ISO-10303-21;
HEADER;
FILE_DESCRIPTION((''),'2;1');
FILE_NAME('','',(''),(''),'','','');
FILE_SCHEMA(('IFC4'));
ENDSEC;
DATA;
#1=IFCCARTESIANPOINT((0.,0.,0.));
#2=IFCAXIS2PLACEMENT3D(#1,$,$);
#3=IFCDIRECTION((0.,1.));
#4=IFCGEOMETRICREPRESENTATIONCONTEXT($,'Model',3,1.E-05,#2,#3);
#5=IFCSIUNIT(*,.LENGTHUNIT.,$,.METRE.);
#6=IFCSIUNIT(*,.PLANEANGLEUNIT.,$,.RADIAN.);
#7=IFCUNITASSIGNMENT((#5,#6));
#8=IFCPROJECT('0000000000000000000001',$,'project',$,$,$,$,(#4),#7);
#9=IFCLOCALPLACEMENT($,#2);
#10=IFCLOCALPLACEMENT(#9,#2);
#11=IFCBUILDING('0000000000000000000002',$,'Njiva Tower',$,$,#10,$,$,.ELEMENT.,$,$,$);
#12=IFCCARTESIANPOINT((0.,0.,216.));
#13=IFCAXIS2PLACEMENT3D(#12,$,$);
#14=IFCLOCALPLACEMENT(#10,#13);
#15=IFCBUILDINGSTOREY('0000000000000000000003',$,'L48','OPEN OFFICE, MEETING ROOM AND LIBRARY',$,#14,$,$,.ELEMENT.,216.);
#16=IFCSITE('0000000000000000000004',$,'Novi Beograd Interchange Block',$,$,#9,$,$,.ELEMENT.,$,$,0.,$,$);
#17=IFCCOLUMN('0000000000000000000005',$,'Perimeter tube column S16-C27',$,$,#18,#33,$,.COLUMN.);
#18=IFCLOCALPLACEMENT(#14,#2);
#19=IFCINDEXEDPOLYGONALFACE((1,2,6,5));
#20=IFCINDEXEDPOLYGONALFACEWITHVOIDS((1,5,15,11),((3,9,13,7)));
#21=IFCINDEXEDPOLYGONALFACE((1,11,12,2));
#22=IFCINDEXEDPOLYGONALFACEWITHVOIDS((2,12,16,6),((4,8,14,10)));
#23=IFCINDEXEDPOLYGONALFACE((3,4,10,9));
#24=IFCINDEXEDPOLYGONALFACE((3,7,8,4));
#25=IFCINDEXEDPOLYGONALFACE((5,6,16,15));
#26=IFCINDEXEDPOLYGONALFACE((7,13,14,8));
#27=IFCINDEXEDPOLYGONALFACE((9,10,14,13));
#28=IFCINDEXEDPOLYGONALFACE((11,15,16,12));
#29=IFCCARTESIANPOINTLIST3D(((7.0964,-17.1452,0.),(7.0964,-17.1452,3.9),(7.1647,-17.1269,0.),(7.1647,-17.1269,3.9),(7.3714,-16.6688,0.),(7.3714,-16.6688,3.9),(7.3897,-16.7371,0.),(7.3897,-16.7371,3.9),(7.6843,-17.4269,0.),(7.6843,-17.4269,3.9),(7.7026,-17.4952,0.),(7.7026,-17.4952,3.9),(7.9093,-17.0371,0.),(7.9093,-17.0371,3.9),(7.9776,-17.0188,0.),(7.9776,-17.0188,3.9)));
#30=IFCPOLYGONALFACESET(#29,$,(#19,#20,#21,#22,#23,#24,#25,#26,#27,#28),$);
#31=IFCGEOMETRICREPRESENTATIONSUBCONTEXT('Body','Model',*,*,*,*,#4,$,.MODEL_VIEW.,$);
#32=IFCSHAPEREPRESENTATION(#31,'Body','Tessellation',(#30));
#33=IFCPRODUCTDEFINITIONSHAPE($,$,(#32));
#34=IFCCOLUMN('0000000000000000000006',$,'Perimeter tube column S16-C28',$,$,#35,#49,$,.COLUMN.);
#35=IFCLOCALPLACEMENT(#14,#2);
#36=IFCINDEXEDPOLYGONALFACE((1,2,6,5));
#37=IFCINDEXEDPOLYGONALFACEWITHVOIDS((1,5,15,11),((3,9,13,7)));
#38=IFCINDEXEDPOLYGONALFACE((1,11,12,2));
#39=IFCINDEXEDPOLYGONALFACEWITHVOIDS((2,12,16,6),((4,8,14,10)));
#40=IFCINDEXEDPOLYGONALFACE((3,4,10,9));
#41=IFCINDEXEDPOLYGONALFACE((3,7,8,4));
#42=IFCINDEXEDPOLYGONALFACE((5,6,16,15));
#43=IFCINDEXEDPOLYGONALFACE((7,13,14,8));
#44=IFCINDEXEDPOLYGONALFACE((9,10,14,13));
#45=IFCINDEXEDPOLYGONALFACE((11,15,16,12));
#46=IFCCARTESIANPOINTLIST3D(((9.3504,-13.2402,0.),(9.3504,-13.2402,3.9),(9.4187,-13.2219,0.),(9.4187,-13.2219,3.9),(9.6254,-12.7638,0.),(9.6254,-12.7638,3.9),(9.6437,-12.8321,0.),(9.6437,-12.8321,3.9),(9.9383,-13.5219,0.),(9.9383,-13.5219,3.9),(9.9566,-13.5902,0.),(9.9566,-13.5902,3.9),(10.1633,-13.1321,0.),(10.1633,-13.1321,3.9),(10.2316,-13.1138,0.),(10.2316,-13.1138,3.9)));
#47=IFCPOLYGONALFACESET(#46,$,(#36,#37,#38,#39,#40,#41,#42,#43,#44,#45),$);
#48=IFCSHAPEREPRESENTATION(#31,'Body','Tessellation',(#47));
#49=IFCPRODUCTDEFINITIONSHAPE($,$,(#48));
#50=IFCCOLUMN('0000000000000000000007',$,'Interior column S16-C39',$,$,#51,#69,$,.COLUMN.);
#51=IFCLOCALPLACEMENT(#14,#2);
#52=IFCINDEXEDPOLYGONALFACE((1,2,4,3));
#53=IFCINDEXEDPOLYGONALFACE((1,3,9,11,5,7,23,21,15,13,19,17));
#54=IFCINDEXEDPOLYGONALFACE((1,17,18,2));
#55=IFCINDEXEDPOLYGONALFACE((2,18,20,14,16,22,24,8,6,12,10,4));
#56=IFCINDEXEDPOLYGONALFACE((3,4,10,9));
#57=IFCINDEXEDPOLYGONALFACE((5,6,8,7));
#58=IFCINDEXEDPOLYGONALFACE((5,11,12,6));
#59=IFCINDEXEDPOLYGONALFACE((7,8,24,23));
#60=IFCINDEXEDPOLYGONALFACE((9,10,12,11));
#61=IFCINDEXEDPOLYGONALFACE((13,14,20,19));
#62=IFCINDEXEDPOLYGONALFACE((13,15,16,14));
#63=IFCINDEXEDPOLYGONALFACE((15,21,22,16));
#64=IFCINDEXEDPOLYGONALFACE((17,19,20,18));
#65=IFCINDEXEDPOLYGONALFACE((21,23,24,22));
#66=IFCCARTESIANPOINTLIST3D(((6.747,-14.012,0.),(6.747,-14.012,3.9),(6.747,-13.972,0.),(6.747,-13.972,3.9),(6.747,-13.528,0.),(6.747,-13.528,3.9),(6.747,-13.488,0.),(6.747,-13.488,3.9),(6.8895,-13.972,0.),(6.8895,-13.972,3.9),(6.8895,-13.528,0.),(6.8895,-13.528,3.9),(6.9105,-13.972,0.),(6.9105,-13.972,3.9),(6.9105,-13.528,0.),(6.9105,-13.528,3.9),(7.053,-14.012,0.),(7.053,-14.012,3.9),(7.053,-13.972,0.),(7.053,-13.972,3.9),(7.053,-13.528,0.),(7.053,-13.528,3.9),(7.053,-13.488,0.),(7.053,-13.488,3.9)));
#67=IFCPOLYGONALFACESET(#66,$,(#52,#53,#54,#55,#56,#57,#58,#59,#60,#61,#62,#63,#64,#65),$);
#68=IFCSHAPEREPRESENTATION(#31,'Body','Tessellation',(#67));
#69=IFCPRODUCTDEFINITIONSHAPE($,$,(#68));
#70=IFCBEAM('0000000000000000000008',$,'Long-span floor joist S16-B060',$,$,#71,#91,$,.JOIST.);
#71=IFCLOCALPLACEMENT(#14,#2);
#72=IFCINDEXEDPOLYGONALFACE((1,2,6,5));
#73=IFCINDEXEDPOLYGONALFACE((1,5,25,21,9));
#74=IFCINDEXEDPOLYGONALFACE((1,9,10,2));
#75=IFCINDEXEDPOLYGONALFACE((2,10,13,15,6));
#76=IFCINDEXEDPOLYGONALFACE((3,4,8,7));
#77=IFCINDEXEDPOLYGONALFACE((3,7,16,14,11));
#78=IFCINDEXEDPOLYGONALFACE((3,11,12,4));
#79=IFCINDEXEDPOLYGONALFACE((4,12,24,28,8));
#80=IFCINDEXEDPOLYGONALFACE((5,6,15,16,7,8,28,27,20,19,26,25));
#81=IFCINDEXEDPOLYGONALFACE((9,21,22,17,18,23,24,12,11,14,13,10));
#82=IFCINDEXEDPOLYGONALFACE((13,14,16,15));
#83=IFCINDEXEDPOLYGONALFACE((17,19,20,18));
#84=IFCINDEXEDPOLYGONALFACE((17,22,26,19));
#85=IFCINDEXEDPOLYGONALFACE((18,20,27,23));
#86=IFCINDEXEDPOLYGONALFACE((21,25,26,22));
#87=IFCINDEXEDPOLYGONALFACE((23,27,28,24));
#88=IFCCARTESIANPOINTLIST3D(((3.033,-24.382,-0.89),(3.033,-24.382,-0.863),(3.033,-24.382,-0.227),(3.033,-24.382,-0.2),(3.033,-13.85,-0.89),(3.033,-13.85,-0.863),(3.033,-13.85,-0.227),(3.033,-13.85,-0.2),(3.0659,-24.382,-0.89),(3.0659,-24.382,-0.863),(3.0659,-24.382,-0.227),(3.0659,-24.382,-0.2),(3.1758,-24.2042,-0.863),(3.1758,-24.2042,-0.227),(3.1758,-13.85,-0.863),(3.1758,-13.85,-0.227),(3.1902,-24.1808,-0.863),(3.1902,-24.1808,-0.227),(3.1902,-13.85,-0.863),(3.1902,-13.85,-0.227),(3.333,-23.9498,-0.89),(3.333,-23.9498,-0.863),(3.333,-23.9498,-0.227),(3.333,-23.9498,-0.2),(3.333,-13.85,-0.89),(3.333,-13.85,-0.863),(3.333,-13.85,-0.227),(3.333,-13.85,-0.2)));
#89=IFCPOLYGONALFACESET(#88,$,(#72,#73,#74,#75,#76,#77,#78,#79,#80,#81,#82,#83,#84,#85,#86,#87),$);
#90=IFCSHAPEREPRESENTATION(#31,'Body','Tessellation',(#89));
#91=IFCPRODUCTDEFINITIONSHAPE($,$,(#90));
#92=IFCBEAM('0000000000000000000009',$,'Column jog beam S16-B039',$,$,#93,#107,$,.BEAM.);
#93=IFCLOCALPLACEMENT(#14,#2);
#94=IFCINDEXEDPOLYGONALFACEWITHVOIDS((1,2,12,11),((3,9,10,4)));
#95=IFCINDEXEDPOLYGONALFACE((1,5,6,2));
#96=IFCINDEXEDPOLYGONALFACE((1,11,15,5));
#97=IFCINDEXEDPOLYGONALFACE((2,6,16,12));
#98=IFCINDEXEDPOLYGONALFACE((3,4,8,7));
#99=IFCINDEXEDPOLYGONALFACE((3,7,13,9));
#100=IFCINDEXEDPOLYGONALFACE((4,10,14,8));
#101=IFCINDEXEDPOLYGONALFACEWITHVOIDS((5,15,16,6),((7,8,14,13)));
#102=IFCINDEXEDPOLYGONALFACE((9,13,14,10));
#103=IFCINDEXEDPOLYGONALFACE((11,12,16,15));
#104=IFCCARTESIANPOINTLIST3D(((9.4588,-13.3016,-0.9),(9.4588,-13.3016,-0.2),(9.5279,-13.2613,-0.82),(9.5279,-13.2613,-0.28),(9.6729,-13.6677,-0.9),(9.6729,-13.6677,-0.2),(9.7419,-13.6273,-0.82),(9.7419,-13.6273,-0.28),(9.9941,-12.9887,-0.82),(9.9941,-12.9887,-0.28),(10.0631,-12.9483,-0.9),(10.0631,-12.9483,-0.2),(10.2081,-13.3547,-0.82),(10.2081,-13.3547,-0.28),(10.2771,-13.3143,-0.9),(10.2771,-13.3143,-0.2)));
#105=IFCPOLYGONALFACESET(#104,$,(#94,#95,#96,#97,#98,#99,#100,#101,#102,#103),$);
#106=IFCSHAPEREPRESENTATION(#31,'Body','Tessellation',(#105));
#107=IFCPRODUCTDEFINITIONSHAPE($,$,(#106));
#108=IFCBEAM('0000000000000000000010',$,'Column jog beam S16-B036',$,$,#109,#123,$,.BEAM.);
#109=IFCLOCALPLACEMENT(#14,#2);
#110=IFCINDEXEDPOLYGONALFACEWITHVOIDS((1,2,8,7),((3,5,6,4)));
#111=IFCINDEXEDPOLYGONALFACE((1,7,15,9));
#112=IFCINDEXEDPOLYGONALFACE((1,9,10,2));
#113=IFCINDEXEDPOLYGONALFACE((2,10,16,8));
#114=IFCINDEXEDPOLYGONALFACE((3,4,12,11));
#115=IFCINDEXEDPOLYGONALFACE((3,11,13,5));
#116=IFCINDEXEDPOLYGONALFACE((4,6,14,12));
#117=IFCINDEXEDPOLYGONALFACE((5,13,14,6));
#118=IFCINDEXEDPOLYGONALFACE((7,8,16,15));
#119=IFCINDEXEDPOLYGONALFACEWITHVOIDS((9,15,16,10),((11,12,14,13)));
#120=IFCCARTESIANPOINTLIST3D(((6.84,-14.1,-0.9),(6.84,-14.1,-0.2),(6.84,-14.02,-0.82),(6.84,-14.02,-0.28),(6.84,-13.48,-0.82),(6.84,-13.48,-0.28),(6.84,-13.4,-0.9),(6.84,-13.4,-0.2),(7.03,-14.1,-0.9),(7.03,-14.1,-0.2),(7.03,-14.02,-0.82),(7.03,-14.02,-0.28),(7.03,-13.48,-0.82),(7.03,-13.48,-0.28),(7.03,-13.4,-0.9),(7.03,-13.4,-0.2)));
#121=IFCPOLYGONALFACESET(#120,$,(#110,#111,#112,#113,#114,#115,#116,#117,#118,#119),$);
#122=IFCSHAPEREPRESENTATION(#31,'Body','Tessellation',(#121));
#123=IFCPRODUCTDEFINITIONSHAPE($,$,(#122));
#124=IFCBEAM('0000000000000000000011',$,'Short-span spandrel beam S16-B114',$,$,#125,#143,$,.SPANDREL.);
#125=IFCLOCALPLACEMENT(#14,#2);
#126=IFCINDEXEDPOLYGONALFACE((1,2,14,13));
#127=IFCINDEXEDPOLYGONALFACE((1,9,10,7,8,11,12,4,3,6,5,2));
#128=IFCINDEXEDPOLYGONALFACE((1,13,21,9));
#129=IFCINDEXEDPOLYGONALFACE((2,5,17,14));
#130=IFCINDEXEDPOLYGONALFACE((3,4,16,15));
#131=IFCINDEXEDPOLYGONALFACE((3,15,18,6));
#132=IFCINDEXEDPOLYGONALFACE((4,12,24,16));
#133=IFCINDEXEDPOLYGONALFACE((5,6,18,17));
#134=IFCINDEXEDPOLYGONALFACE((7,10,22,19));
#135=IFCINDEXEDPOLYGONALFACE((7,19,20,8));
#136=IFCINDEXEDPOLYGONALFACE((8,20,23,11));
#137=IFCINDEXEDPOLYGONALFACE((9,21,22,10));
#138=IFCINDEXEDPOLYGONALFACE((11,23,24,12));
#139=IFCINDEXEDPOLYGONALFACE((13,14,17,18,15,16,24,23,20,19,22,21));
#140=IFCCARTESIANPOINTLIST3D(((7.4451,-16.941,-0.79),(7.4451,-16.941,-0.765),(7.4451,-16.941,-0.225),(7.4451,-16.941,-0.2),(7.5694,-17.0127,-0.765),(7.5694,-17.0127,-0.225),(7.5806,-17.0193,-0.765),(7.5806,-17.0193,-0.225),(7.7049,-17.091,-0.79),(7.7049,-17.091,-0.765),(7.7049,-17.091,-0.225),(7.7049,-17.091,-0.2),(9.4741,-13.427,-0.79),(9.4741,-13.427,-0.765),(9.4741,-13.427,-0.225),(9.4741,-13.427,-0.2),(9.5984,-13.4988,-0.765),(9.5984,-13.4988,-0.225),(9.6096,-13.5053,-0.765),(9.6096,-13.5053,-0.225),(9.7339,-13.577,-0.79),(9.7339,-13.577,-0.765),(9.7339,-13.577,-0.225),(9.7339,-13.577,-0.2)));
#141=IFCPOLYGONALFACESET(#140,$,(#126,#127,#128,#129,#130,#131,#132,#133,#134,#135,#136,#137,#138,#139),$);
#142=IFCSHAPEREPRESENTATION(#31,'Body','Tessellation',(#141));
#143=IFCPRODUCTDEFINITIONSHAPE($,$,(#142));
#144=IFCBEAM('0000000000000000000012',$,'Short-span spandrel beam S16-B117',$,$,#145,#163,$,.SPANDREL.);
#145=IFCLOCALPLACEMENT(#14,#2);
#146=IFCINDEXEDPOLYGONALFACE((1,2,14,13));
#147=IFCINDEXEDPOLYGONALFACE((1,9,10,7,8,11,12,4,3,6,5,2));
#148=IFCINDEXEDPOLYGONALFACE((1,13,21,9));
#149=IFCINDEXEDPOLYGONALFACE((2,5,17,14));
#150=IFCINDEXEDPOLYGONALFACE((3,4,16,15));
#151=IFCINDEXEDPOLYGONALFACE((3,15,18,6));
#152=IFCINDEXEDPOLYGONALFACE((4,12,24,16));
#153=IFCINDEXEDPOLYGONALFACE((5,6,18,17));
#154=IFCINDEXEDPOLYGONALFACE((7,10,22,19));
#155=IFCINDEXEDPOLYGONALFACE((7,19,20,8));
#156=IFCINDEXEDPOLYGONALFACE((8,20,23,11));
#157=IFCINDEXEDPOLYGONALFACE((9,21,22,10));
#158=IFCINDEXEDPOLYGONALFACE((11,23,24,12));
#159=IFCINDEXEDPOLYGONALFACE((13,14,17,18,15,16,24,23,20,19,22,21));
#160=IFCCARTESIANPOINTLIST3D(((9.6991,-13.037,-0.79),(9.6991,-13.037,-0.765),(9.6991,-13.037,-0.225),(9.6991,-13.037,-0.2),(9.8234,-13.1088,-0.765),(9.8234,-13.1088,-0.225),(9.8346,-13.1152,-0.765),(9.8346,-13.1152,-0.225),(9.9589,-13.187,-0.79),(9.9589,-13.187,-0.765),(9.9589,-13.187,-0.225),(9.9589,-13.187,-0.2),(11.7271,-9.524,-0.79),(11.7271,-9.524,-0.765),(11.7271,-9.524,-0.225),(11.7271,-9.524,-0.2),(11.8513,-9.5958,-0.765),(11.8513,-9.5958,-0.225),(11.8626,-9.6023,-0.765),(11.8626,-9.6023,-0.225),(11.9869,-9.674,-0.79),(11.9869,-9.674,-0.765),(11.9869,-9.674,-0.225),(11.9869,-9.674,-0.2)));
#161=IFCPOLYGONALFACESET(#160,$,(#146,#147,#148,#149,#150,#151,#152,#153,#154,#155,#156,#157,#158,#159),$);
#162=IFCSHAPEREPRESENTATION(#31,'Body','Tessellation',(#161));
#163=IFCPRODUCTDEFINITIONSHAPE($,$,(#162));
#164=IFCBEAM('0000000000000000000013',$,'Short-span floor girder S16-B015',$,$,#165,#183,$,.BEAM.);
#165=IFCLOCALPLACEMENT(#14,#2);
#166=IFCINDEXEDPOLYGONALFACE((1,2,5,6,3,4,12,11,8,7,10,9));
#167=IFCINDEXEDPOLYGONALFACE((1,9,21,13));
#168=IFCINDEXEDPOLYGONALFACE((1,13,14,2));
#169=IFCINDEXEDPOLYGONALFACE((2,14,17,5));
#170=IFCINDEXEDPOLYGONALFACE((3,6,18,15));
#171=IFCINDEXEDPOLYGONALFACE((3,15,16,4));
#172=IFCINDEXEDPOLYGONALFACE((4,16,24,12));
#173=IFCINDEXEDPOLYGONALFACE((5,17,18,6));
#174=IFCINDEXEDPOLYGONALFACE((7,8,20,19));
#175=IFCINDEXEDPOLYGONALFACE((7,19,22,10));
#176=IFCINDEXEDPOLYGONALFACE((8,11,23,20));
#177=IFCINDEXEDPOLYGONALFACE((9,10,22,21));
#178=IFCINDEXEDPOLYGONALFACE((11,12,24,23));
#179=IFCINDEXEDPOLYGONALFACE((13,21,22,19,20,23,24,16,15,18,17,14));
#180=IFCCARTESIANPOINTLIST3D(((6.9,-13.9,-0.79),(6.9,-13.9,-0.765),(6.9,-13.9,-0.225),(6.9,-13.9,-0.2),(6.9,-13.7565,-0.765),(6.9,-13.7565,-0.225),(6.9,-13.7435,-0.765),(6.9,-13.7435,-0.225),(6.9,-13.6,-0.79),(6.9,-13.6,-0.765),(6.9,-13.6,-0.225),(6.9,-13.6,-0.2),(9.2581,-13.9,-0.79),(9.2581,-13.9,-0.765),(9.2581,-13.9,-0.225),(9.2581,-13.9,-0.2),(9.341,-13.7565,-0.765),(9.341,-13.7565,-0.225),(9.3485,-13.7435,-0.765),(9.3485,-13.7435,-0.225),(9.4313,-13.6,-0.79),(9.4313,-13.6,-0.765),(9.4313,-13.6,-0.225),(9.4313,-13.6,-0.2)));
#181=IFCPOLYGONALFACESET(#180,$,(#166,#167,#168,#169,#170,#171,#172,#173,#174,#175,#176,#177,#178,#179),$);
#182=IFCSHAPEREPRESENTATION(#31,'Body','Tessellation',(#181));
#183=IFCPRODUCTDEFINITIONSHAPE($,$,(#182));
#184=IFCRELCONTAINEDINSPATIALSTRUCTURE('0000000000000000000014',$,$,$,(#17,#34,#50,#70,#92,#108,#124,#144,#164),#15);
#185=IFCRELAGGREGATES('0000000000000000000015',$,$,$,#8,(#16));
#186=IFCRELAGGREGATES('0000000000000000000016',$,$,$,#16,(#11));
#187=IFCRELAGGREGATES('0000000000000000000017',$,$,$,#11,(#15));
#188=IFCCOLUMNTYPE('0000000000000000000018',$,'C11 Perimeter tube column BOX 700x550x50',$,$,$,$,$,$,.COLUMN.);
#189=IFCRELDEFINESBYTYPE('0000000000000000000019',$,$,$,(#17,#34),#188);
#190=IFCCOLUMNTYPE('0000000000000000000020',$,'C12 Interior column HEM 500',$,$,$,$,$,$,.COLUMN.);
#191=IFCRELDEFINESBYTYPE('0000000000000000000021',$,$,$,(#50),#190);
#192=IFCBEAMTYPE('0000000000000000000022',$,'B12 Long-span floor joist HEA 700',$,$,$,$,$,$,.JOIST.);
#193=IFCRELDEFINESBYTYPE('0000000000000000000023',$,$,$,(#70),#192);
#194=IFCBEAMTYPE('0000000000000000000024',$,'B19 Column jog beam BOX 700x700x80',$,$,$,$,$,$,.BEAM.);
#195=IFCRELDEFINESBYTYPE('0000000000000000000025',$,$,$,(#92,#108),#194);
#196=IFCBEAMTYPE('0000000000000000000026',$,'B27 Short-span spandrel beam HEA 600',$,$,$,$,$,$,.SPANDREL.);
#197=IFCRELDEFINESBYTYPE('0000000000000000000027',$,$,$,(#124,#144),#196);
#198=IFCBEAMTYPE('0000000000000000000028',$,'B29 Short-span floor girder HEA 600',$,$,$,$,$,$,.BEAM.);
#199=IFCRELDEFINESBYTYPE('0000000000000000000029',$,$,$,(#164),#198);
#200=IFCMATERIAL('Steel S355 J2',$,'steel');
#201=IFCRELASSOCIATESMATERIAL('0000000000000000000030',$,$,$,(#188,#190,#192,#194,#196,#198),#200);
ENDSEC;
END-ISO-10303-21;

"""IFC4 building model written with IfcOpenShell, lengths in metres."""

from ifc_helpers import new_model, si_unit, direction, frame, origin, origin_2d, place, context, subcontext, project, spatial, hollow_rectangle, i_section, extrude, clip, halfspace, material, material_profile, profile_set, type_object, element, save


model = new_model("IFC4")

# Units and contexts
model_context = context("Model", 3, precision=1e-05, world=origin(), true_north=direction((0.0, 1.0)))
body_context = subcontext(model_context, "Body", "Model", "MODEL_VIEW")
ifc_project = project(units=[si_unit("LENGTHUNIT", "METRE"), si_unit("PLANEANGLEUNIT", "RADIAN")], contexts=[model_context])

# Site, building, storey
site_placement = place(None, origin())
site = spatial("IfcSite", under=ifc_project, at=site_placement, Name="Novi Beograd Interchange Block", CompositionType="ELEMENT", RefElevation=0.0)
building_placement = place(site_placement, origin())
building = spatial("IfcBuilding", under=site, at=building_placement, Name="Njiva Tower", CompositionType="ELEMENT")
storey_placement = place(building_placement, frame((0.0, 0.0, 216.0)))
storey = spatial("IfcBuildingStorey", under=building, at=storey_placement, Name="L48", Description="OPEN OFFICE, MEETING ROOM AND LIBRARY", CompositionType="ELEMENT", Elevation=216.0)

# Columns
ifc_material_1 = material(Name="Steel S355 J2", Category="steel")
ifc_material_profile_1 = material_profile(ifc_material_1, hollow_rectangle(XDim=0.55, YDim=0.7, WallThickness=0.05, at=origin_2d()), Name="BOX 700x550x50")
ifc_profile_set_1 = profile_set([ifc_material_profile_1], Name="Steel S355 J2")
column_type_1 = type_object("IfcColumnType", Name="C11 Perimeter tube column BOX 700x550x50", PredefinedType="COLUMN", material=ifc_profile_set_1)
for number, where, z_axis, x_axis, name in (
    (1, (7.537, -17.082, 0.0), (0.0, 0.0, 1.0), (0.5, 0.866025, 0.0), "Perimeter tube column S16-C27"),
    (2, (9.791, -13.177, 0.0), (0.0, 0.0, 1.0), (0.5, 0.866025, 0.0), "Perimeter tube column S16-C28"),
):
    element("IfcColumn", number, at=place(storey_placement, frame(where, z_axis=z_axis, x_axis=x_axis)), inside=storey, type_object=column_type_1, Name=name, PredefinedType="COLUMN", context=body_context, shape_type="SweptSolid", body=[
        extrude(hollow_rectangle(XDim=0.55, YDim=0.7, WallThickness=0.05, at=origin_2d()), origin(), (0.0, 0.0, 1.0), 3.9),
    ])
ifc_material_profile_2 = material_profile(ifc_material_1, i_section(OverallWidth=0.306, OverallDepth=0.524, WebThickness=0.021, FlangeThickness=0.04, at=origin_2d()), Name="HEM 500")
ifc_profile_set_2 = profile_set([ifc_material_profile_2], Name="Steel S355 J2")
column_type_2 = type_object("IfcColumnType", Name="C12 Interior column HEM 500", PredefinedType="COLUMN", material=ifc_profile_set_2)
column_placement = place(storey_placement, frame((6.9, -13.75, 0.0), z_axis=(0.0, 0.0, 1.0), x_axis=(1.0, 0.0, 0.0)))
element("IfcColumn", 3, at=column_placement, inside=storey, type_object=column_type_2, Name="Interior column S16-C39", PredefinedType="COLUMN", context=body_context, shape_type="SweptSolid", body=[
    extrude(i_section(OverallWidth=0.306, OverallDepth=0.524, WebThickness=0.021, FlangeThickness=0.04, at=origin_2d()), origin(), (0.0, 0.0, 1.0), 3.9),
])

# Beams
ifc_material_profile_3 = material_profile(ifc_material_1, i_section(OverallWidth=0.3, OverallDepth=0.69, WebThickness=0.0145, FlangeThickness=0.027, at=origin_2d()), Name="HEA 700")
ifc_profile_set_3 = profile_set([ifc_material_profile_3], Name="Steel S355 J2")
beam_type_1 = type_object("IfcBeamType", Name="B12 Long-span floor joist HEA 700", PredefinedType="JOIST", material=ifc_profile_set_3)
beam_1_placement = place(storey_placement, frame((3.183, -13.85, -0.545), z_axis=(0.0, -1.0, 0.0), x_axis=(1.0, 0.0, 0.0)))
element("IfcBeam", 4, at=beam_1_placement, inside=storey, type_object=beam_type_1, Name="Long-span floor joist S16-B060", PredefinedType="JOIST", context=body_context, shape_type="Clipping", body=[
    clip(extrude(i_section(OverallWidth=0.3, OverallDepth=0.69, WebThickness=0.0145, FlangeThickness=0.027, at=origin_2d()), origin(), (0.0, 0.0, 1.0), 10.532), halfspace(frame((0.0429, 0.0, 10.2731), z_axis=(0.850625, 0.0, 0.525773), x_axis=(0.0, 1.0, 0.0)), False)),
])
ifc_material_profile_4 = material_profile(ifc_material_1, hollow_rectangle(XDim=0.7, YDim=0.7, WallThickness=0.08, at=origin_2d()), Name="BOX 700x700x80")
ifc_profile_set_4 = profile_set([ifc_material_profile_4], Name="Steel S355 J2")
beam_type_2 = type_object("IfcBeamType", Name="B19 Column jog beam BOX 700x700x80", PredefinedType="BEAM", material=ifc_profile_set_4)
beam_2_placement = place(storey_placement, frame((9.975, -13.491, -0.55), z_axis=(-0.504751, 0.863265, 0.0), x_axis=(-0.863265, -0.504751, 0.0)))
element("IfcBeam", 5, at=beam_2_placement, inside=storey, type_object=beam_type_2, Name="Column jog beam S16-B039", PredefinedType="BEAM", context=body_context, shape_type="SweptSolid", body=[
    extrude(hollow_rectangle(XDim=0.7, YDim=0.7, WallThickness=0.08, at=origin_2d()), origin(), (0.0, 0.0, 1.0), 0.424),
])
beam_3_placement = place(storey_placement, frame((7.03, -13.75, -0.55), z_axis=(-1.0, 0.0, 0.0), x_axis=(0.0, -1.0, 0.0)))
element("IfcBeam", 6, at=beam_3_placement, inside=storey, type_object=beam_type_2, Name="Column jog beam S16-B036", PredefinedType="BEAM", context=body_context, shape_type="SweptSolid", body=[
    extrude(hollow_rectangle(XDim=0.7, YDim=0.7, WallThickness=0.08, at=origin_2d()), origin(), (0.0, 0.0, 1.0), 0.19),
])
ifc_material_profile_5 = material_profile(ifc_material_1, i_section(OverallWidth=0.3, OverallDepth=0.59, WebThickness=0.013, FlangeThickness=0.025, at=origin_2d()), Name="HEA 600")
ifc_profile_set_5 = profile_set([ifc_material_profile_5], Name="Steel S355 J2")
beam_type_3 = type_object("IfcBeamType", Name="B27 Short-span spandrel beam HEA 600", PredefinedType="SPANDREL", material=ifc_profile_set_5)
beam_4_placement = place(storey_placement, frame((7.575, -17.016, -0.495), z_axis=(0.500035, 0.866005, 0.0), x_axis=(-0.866005, 0.500035, 0.0)))
element("IfcBeam", 7, at=beam_4_placement, inside=storey, type_object=beam_type_3, Name="Short-span spandrel beam S16-B114", PredefinedType="SPANDREL", context=body_context, shape_type="SweptSolid", body=[
    extrude(i_section(OverallWidth=0.3, OverallDepth=0.59, WebThickness=0.013, FlangeThickness=0.025, at=origin_2d()), origin(), (0.0, 0.0, 1.0), 4.0577),
])
beam_5_placement = place(storey_placement, frame((9.829, -13.112, -0.495), z_axis=(0.499957, 0.86605, 0.0), x_axis=(-0.86605, 0.499957, 0.0)))
element("IfcBeam", 8, at=beam_5_placement, inside=storey, type_object=beam_type_3, Name="Short-span spandrel beam S16-B117", PredefinedType="SPANDREL", context=body_context, shape_type="SweptSolid", body=[
    extrude(i_section(OverallWidth=0.3, OverallDepth=0.59, WebThickness=0.013, FlangeThickness=0.025, at=origin_2d()), origin(), (0.0, 0.0, 1.0), 4.0563),
])
ifc_material_profile_6 = material_profile(ifc_material_1, i_section(OverallWidth=0.3, OverallDepth=0.59, WebThickness=0.013, FlangeThickness=0.025, at=origin_2d()), Name="HEA 600")
ifc_profile_set_6 = profile_set([ifc_material_profile_6], Name="Steel S355 J2")
beam_type_4 = type_object("IfcBeamType", Name="B29 Short-span floor girder HEA 600", PredefinedType="BEAM", material=ifc_profile_set_6)
beam_6_placement = place(storey_placement, frame((6.9, -13.75, -0.495), z_axis=(1.0, 0.0, 0.0), x_axis=(0.0, 1.0, 0.0)))
element("IfcBeam", 9, at=beam_6_placement, inside=storey, type_object=beam_type_4, Name="Short-span floor girder S16-B015", PredefinedType="BEAM", context=body_context, shape_type="Clipping", body=[
    clip(extrude(i_section(OverallWidth=0.3, OverallDepth=0.59, WebThickness=0.013, FlangeThickness=0.025, at=origin_2d()), origin(), (0.0, 0.0, 1.0), 2.552), halfspace(frame((-0.025, 0.0, 2.4303), z_axis=(-0.499998, 0.0, 0.866027), x_axis=(0.0, 1.0, 0.0)), False)),
])

save(model, "model.ifc")
